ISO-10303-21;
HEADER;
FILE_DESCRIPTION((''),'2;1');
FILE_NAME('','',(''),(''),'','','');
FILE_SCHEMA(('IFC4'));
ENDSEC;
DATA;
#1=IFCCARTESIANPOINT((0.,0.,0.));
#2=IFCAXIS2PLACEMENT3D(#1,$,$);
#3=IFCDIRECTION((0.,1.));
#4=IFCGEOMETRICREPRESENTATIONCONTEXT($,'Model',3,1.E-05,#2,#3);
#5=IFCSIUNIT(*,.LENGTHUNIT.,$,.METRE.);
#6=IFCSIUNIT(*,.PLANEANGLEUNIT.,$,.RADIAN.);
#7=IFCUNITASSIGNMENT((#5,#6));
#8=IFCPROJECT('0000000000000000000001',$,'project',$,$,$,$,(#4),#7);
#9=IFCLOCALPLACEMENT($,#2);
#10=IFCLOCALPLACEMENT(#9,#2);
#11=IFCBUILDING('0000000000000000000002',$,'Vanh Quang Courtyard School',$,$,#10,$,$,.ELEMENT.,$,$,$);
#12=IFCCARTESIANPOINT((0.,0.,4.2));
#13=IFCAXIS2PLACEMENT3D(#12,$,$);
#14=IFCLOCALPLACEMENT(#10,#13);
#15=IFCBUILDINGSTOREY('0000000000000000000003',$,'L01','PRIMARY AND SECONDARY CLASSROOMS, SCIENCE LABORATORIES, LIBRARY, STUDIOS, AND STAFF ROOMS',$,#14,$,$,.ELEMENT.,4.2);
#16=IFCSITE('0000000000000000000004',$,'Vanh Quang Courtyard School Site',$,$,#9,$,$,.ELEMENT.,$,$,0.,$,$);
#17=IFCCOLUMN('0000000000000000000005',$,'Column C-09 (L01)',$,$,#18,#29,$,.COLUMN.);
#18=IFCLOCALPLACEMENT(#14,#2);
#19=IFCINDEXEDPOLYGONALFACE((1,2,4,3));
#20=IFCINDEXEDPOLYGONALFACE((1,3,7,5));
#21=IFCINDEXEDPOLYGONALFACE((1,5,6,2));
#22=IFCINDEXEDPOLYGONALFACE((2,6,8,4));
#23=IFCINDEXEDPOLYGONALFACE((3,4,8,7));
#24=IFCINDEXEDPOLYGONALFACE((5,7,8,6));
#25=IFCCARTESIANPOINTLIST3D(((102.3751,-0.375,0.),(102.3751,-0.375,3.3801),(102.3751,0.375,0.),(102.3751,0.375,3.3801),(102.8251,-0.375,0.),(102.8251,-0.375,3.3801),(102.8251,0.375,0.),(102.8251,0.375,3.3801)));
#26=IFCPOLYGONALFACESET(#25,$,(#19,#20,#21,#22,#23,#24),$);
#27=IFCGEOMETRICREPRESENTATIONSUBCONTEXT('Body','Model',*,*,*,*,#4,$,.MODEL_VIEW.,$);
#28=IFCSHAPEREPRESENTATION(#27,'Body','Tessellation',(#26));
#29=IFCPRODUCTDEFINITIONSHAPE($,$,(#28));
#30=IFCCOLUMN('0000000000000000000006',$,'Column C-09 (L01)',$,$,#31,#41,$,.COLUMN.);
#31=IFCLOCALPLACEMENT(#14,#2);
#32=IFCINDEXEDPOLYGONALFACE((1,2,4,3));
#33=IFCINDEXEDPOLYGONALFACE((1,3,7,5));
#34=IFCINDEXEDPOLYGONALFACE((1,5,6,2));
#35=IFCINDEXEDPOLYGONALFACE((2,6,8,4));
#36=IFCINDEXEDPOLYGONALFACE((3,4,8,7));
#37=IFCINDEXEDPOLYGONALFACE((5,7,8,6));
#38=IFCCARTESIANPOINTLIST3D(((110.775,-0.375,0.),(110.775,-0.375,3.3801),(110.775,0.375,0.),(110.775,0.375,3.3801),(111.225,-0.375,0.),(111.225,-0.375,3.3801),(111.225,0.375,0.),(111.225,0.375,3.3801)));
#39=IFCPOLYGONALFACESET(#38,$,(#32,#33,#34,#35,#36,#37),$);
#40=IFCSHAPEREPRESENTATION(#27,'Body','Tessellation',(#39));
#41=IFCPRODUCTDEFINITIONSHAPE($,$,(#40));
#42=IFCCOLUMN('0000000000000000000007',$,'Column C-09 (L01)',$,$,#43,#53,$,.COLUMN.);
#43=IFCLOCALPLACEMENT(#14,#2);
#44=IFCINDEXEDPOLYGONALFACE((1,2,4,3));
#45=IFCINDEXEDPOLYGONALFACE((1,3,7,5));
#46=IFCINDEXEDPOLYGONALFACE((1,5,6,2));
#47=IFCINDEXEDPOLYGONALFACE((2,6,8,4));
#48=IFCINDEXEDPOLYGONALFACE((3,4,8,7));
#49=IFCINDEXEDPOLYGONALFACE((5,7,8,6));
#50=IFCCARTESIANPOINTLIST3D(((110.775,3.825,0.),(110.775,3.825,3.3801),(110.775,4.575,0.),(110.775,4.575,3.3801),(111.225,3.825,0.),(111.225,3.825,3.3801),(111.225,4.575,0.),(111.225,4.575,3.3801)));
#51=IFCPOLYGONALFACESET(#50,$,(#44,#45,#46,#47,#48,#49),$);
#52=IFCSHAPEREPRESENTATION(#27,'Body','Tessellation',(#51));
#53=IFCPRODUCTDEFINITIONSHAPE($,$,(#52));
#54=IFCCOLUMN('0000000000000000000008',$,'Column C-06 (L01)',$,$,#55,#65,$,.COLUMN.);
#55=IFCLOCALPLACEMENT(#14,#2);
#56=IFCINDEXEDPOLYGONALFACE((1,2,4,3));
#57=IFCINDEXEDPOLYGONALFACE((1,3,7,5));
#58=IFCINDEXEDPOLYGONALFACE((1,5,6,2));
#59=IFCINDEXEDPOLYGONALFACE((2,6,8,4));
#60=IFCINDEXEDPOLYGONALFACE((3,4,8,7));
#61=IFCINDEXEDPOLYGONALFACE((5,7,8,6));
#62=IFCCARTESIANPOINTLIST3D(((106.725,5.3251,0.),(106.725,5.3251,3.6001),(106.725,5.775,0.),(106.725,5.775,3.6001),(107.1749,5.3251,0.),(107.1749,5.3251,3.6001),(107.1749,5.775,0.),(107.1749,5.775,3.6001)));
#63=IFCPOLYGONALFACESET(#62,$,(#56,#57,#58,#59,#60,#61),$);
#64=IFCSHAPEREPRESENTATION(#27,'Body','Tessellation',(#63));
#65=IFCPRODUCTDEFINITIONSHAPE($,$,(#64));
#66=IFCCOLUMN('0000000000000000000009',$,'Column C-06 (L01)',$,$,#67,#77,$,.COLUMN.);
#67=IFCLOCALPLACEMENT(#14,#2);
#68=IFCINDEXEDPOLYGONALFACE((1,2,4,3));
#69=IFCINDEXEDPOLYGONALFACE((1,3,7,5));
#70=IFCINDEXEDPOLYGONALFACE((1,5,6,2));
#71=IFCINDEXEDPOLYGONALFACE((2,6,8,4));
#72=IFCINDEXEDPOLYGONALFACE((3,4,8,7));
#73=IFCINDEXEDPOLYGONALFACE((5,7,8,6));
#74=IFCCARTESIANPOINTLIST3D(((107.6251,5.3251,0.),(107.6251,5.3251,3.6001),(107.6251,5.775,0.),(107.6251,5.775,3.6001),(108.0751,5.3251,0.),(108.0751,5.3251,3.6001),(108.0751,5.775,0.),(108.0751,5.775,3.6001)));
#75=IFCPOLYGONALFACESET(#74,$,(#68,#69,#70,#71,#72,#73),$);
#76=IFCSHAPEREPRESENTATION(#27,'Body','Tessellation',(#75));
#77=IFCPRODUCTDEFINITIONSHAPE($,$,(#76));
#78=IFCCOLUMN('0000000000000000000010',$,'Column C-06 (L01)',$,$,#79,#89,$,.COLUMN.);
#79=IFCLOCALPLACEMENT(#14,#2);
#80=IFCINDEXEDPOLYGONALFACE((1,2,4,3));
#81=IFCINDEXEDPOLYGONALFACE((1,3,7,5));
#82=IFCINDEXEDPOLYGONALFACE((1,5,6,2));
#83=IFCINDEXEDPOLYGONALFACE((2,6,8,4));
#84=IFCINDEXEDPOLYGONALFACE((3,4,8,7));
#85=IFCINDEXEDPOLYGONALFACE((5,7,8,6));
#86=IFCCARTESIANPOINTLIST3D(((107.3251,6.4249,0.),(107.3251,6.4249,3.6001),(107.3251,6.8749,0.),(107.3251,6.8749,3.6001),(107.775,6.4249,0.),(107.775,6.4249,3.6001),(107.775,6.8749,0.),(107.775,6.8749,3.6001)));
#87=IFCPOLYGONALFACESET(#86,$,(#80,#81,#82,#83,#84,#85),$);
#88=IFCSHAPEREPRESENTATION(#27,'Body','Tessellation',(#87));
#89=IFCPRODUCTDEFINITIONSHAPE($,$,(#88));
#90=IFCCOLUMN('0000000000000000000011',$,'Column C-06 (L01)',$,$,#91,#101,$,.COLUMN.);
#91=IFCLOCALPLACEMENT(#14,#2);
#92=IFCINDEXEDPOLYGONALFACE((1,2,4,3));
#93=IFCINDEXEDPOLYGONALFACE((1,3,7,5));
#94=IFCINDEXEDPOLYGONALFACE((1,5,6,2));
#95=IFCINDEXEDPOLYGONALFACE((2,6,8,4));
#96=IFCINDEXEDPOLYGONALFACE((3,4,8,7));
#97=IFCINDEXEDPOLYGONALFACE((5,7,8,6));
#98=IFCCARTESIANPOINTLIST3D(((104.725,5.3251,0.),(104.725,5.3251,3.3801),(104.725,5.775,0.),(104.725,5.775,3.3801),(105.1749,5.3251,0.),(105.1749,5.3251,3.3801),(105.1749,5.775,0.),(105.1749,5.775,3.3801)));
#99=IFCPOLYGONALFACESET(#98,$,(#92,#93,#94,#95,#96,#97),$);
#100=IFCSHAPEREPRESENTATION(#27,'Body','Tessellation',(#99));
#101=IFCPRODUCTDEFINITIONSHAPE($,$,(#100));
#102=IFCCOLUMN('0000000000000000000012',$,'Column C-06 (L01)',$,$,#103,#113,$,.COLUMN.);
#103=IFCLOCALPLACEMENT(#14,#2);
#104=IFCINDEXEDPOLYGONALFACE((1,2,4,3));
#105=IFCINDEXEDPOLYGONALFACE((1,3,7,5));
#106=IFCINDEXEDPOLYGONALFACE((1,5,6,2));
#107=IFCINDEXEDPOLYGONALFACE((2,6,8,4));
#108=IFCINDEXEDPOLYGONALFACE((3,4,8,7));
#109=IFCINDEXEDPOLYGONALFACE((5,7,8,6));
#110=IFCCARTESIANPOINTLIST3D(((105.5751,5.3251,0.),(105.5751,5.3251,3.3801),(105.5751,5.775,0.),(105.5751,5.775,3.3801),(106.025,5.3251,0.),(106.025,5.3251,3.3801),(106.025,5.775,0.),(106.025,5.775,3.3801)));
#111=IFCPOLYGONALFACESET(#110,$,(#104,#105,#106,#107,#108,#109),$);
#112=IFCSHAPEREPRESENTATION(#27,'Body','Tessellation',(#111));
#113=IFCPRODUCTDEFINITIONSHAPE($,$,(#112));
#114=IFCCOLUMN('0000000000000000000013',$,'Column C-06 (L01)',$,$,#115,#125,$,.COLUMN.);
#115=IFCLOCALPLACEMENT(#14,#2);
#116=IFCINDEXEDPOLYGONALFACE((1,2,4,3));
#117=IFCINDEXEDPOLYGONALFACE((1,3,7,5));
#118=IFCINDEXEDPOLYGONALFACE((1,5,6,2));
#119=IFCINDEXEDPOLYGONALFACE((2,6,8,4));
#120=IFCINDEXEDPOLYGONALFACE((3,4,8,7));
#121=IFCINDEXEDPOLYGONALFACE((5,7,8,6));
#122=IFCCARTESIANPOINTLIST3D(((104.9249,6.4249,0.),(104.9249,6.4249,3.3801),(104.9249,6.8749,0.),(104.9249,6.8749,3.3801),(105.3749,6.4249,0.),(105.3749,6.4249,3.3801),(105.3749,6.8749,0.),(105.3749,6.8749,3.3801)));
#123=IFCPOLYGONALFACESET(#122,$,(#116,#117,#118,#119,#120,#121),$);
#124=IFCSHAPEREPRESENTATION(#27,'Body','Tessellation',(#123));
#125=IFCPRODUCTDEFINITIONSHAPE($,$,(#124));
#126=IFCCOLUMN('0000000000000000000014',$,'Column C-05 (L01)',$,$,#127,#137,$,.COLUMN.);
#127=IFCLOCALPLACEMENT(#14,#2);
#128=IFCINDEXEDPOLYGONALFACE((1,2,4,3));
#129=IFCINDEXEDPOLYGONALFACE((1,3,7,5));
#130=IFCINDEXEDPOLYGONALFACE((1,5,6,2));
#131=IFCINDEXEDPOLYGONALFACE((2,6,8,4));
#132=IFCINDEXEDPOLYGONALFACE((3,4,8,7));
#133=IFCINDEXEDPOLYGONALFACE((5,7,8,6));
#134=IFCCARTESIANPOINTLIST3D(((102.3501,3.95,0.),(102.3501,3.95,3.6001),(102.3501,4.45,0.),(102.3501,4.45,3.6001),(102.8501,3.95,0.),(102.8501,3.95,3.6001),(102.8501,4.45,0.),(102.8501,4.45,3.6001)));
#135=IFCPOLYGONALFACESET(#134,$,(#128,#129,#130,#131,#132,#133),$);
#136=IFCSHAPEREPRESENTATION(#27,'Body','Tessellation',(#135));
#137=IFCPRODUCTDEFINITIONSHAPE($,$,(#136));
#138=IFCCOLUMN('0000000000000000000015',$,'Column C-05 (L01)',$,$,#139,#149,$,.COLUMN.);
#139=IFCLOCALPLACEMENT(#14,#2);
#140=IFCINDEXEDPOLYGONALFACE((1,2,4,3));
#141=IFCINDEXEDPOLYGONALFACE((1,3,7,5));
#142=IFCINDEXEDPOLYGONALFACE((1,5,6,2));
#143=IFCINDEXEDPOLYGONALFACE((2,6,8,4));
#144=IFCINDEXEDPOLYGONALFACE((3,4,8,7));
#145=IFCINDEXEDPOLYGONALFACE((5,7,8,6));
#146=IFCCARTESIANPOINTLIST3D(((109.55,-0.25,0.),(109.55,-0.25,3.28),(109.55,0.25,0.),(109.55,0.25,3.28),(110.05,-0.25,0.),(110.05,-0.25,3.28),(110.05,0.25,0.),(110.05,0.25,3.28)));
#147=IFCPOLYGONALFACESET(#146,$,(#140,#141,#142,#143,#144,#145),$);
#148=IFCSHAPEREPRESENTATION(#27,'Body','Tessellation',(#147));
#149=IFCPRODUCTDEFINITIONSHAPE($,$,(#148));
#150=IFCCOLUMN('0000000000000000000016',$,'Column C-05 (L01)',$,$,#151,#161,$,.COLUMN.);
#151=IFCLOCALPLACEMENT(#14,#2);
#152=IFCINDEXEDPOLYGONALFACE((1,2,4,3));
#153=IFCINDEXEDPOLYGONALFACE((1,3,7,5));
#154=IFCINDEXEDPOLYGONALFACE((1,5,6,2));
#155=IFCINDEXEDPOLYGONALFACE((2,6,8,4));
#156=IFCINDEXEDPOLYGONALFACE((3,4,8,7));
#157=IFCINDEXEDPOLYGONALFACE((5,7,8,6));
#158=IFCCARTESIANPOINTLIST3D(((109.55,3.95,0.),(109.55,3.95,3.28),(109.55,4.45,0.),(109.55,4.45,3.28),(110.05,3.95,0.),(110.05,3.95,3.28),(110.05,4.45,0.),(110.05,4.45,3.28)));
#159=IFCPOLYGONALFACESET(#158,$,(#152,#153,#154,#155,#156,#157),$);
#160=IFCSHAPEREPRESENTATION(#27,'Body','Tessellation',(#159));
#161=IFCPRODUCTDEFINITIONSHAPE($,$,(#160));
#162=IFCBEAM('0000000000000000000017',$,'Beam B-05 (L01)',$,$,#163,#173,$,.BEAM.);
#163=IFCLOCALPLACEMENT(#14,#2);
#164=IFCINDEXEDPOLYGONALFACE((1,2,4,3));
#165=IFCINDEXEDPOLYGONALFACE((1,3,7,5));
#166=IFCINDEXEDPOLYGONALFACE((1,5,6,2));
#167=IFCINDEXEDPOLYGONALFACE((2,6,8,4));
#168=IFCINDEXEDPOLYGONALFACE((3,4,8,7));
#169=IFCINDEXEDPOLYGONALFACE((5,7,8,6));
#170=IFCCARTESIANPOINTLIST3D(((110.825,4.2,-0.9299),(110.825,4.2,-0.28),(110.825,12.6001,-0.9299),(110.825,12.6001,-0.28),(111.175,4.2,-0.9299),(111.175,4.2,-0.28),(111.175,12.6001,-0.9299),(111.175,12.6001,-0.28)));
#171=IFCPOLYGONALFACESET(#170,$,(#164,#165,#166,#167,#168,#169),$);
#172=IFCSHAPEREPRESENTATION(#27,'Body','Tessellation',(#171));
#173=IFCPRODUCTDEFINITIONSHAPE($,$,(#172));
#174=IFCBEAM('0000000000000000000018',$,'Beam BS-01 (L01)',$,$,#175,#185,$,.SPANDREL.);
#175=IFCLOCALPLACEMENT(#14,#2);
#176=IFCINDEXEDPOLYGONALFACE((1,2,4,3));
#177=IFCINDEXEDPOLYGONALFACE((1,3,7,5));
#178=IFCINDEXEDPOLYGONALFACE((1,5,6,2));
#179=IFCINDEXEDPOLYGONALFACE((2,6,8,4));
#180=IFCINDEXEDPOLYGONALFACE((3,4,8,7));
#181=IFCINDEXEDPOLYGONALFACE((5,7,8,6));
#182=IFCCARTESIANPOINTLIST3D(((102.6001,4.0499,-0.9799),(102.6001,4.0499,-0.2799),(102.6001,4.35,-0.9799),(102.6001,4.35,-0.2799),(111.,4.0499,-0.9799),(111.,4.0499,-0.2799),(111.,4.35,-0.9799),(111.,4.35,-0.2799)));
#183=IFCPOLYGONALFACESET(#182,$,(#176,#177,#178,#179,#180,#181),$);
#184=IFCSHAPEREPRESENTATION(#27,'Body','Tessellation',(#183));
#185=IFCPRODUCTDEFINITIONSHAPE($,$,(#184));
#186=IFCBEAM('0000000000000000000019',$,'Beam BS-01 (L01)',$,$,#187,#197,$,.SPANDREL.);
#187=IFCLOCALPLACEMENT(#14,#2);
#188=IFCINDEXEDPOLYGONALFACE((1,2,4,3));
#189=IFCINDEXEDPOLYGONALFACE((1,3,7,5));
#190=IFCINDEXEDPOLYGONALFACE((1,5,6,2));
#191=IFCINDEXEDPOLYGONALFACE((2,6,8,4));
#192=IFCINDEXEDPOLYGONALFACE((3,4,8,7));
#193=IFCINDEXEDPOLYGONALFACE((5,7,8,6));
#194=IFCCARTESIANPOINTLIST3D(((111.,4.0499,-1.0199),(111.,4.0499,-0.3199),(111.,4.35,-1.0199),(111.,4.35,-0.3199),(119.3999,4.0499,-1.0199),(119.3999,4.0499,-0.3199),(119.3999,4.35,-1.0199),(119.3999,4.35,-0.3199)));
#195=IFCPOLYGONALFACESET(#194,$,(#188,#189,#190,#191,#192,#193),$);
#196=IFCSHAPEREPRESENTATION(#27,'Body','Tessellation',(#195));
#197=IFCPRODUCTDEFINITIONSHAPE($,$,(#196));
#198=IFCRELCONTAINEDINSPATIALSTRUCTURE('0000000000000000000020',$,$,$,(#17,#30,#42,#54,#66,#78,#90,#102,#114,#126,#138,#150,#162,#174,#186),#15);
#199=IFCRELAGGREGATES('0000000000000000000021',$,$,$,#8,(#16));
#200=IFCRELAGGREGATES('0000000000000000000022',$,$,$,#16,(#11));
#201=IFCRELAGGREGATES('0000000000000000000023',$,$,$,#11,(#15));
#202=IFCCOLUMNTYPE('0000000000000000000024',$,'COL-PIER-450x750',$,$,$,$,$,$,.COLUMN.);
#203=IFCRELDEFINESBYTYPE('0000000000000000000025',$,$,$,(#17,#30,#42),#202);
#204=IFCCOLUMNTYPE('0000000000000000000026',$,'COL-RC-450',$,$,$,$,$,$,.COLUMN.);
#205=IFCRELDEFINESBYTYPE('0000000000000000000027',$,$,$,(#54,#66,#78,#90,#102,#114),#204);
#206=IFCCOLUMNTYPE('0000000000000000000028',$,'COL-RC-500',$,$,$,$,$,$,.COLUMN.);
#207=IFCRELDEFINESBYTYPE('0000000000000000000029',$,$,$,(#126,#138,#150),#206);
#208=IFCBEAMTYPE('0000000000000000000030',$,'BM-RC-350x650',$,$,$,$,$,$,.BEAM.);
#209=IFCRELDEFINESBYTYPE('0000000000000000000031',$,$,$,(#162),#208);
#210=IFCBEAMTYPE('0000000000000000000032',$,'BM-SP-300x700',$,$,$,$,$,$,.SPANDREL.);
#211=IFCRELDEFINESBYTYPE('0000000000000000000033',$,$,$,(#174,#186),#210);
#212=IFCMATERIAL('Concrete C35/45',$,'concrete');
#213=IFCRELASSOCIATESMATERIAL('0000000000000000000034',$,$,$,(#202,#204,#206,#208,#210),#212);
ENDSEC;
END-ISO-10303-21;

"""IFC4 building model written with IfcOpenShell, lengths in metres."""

from ifc_helpers import new_model, si_unit, direction, frame, origin, origin_2d, place, context, subcontext, project, spatial, rectangle, extrude, material, material_profile, profile_set, type_object, element, save


model = new_model("IFC4")

# Units and contexts
model_context = context("Model", 3, precision=1e-05, world=origin(), true_north=direction((0.0, 1.0)))
body_context = subcontext(model_context, "Body", "Model", "MODEL_VIEW")
ifc_project = project(units=[si_unit("LENGTHUNIT", "METRE"), si_unit("PLANEANGLEUNIT", "RADIAN")], contexts=[model_context])

# Site, building, storey
site_placement = place(None, origin())
site = spatial("IfcSite", under=ifc_project, at=site_placement, Name="Vanh Quang Courtyard School Site", CompositionType="ELEMENT", RefElevation=0.0)
building_placement = place(site_placement, origin())
building = spatial("IfcBuilding", under=site, at=building_placement, Name="Vanh Quang Courtyard School", CompositionType="ELEMENT")
storey_placement = place(building_placement, frame((0.0, 0.0, 4.2)))
storey = spatial("IfcBuildingStorey", under=building, at=storey_placement, Name="L01", Description="PRIMARY AND SECONDARY CLASSROOMS, SCIENCE LABORATORIES, LIBRARY, STUDIOS, AND STAFF ROOMS", CompositionType="ELEMENT", Elevation=4.2)

# Columns
ifc_material_1 = material(Name="Concrete C35/45", Category="concrete")
ifc_material_profile_1 = material_profile(ifc_material_1, rectangle(XDim=0.45, YDim=0.75, at=origin_2d()), Name="RC-PIER 450x750")
ifc_profile_set_1 = profile_set([ifc_material_profile_1], Name="Concrete C35/45")
column_type_1 = type_object("IfcColumnType", Name="COL-PIER-450x750", PredefinedType="COLUMN", material=ifc_profile_set_1)
for number, where, z_axis, x_axis, name in (
    (1, (102.6001, 0.0, 0.0), (0.0, 0.0, 1.0), (1.0, 0.0, 0.0), "Column C-09 (L01)"),
    (2, (111.0, 0.0, 0.0), (0.0, 0.0, 1.0), (1.0, 0.0, 0.0), "Column C-09 (L01)"),
    (3, (111.0, 4.2, 0.0), (0.0, 0.0, 1.0), (1.0, 0.0, 0.0), "Column C-09 (L01)"),
):
    element("IfcColumn", number, at=place(storey_placement, frame(where, z_axis=z_axis, x_axis=x_axis)), inside=storey, type_object=column_type_1, Name=name, PredefinedType="COLUMN", context=body_context, shape_type="SweptSolid", body=[
        extrude(rectangle(XDim=0.45, YDim=0.75, at=origin_2d()), origin(), (0.0, 0.0, 1.0), 3.3801),
    ])
ifc_material_profile_2 = material_profile(ifc_material_1, rectangle(XDim=0.45, YDim=0.45, at=origin_2d()), Name="RC-COL 450x450")
ifc_profile_set_2 = profile_set([ifc_material_profile_2], Name="Concrete C35/45")
column_type_2 = type_object("IfcColumnType", Name="COL-RC-450", PredefinedType="COLUMN", material=ifc_profile_set_2)
for number, where, z_axis, x_axis, name in (
    (4, (106.95, 5.55, 0.0), (0.0, 0.0, 1.0), (1.0, 0.0, 0.0), "Column C-06 (L01)"),
    (5, (107.8501, 5.55, 0.0), (0.0, 0.0, 1.0), (1.0, 0.0, 0.0), "Column C-06 (L01)"),
    (6, (107.55, 6.6499, 0.0), (0.0, 0.0, 1.0), (1.0, 0.0, 0.0), "Column C-06 (L01)"),
):
    element("IfcColumn", number, at=place(storey_placement, frame(where, z_axis=z_axis, x_axis=x_axis)), inside=storey, type_object=column_type_2, Name=name, PredefinedType="COLUMN", context=body_context, shape_type="SweptSolid", body=[
        extrude(rectangle(XDim=0.45, YDim=0.45, at=origin_2d()), origin(), (0.0, 0.0, 1.0), 3.6001),
    ])
for number, where, z_axis, x_axis, name in (
    (7, (104.95, 5.55, 0.0), (0.0, 0.0, 1.0), (1.0, 0.0, 0.0), "Column C-06 (L01)"),
    (8, (105.8, 5.55, 0.0), (0.0, 0.0, 1.0), (1.0, 0.0, 0.0), "Column C-06 (L01)"),
    (9, (105.1499, 6.6499, 0.0), (0.0, 0.0, 1.0), (1.0, 0.0, 0.0), "Column C-06 (L01)"),
):
    element("IfcColumn", number, at=place(storey_placement, frame(where, z_axis=z_axis, x_axis=x_axis)), inside=storey, type_object=column_type_2, Name=name, PredefinedType="COLUMN", context=body_context, shape_type="SweptSolid", body=[
        extrude(rectangle(XDim=0.45, YDim=0.45, at=origin_2d()), origin(), (0.0, 0.0, 1.0), 3.3801),
    ])
ifc_material_profile_3 = material_profile(ifc_material_1, rectangle(XDim=0.5, YDim=0.5, at=origin_2d()), Name="RC-COL 500x500")
ifc_profile_set_3 = profile_set([ifc_material_profile_3], Name="Concrete C35/45")
column_type_3 = type_object("IfcColumnType", Name="COL-RC-500", PredefinedType="COLUMN", material=ifc_profile_set_3)
column_placement = place(storey_placement, frame((102.6001, 4.2, 0.0), z_axis=(0.0, 0.0, 1.0), x_axis=(1.0, 0.0, 0.0)))
element("IfcColumn", 10, at=column_placement, inside=storey, type_object=column_type_3, Name="Column C-05 (L01)", PredefinedType="COLUMN", context=body_context, shape_type="SweptSolid", body=[
    extrude(rectangle(XDim=0.5, YDim=0.5, at=origin_2d()), origin(), (0.0, 0.0, 1.0), 3.6001),
])
for number, where, z_axis, x_axis, name in (
    (11, (109.8, 0.0, 0.0), (0.0, 0.0, 1.0), (1.0, 0.0, 0.0), "Column C-05 (L01)"),
    (12, (109.8, 4.2, 0.0), (0.0, 0.0, 1.0), (1.0, 0.0, 0.0), "Column C-05 (L01)"),
):
    element("IfcColumn", number, at=place(storey_placement, frame(where, z_axis=z_axis, x_axis=x_axis)), inside=storey, type_object=column_type_3, Name=name, PredefinedType="COLUMN", context=body_context, shape_type="SweptSolid", body=[
        extrude(rectangle(XDim=0.5, YDim=0.5, at=origin_2d()), origin(), (0.0, 0.0, 1.0), 3.28),
    ])

# Beams
ifc_material_profile_4 = material_profile(ifc_material_1, rectangle(XDim=0.3501, YDim=0.6499, at=origin_2d()), Name="RC-BM 350x650")
ifc_profile_set_4 = profile_set([ifc_material_profile_4], Name="Concrete C35/45")
beam_type_1 = type_object("IfcBeamType", Name="BM-RC-350x650", PredefinedType="BEAM", material=ifc_profile_set_4)
beam_1_placement = place(storey_placement, frame((111.0, 4.2, -0.605), z_axis=(0.0, 1.0, 0.0), x_axis=(-1.0, 0.0, 0.0)))
element("IfcBeam", 13, at=beam_1_placement, inside=storey, type_object=beam_type_1, Name="Beam B-05 (L01)", PredefinedType="BEAM", context=body_context, shape_type="SweptSolid", body=[
    extrude(rectangle(XDim=0.3501, YDim=0.6499, at=origin_2d()), origin(), (0.0, 0.0, 1.0), 8.4001),
])
ifc_material_profile_5 = material_profile(ifc_material_1, rectangle(XDim=0.3, YDim=0.7, at=origin_2d()), Name="RC-SP 300x700")
ifc_profile_set_5 = profile_set([ifc_material_profile_5], Name="Concrete C35/45")
beam_type_2 = type_object("IfcBeamType", Name="BM-SP-300x700", PredefinedType="SPANDREL", material=ifc_profile_set_5)
for number, where, z_axis, x_axis, name in (
    (14, (102.6001, 4.2, -0.6299), (1.0, 0.0, 0.0), (0.0, 1.0, 0.0), "Beam BS-01 (L01)"),
    (15, (111.0, 4.2, -0.6699), (1.0, 0.0, 0.0), (0.0, 1.0, 0.0), "Beam BS-01 (L01)"),
):
    element("IfcBeam", number, at=place(storey_placement, frame(where, z_axis=z_axis, x_axis=x_axis)), inside=storey, type_object=beam_type_2, Name=name, PredefinedType="SPANDREL", context=body_context, shape_type="SweptSolid", body=[
        extrude(rectangle(XDim=0.3, YDim=0.7, at=origin_2d()), origin(), (0.0, 0.0, 1.0), 8.3999),
    ])

save(model, "model.ifc")
